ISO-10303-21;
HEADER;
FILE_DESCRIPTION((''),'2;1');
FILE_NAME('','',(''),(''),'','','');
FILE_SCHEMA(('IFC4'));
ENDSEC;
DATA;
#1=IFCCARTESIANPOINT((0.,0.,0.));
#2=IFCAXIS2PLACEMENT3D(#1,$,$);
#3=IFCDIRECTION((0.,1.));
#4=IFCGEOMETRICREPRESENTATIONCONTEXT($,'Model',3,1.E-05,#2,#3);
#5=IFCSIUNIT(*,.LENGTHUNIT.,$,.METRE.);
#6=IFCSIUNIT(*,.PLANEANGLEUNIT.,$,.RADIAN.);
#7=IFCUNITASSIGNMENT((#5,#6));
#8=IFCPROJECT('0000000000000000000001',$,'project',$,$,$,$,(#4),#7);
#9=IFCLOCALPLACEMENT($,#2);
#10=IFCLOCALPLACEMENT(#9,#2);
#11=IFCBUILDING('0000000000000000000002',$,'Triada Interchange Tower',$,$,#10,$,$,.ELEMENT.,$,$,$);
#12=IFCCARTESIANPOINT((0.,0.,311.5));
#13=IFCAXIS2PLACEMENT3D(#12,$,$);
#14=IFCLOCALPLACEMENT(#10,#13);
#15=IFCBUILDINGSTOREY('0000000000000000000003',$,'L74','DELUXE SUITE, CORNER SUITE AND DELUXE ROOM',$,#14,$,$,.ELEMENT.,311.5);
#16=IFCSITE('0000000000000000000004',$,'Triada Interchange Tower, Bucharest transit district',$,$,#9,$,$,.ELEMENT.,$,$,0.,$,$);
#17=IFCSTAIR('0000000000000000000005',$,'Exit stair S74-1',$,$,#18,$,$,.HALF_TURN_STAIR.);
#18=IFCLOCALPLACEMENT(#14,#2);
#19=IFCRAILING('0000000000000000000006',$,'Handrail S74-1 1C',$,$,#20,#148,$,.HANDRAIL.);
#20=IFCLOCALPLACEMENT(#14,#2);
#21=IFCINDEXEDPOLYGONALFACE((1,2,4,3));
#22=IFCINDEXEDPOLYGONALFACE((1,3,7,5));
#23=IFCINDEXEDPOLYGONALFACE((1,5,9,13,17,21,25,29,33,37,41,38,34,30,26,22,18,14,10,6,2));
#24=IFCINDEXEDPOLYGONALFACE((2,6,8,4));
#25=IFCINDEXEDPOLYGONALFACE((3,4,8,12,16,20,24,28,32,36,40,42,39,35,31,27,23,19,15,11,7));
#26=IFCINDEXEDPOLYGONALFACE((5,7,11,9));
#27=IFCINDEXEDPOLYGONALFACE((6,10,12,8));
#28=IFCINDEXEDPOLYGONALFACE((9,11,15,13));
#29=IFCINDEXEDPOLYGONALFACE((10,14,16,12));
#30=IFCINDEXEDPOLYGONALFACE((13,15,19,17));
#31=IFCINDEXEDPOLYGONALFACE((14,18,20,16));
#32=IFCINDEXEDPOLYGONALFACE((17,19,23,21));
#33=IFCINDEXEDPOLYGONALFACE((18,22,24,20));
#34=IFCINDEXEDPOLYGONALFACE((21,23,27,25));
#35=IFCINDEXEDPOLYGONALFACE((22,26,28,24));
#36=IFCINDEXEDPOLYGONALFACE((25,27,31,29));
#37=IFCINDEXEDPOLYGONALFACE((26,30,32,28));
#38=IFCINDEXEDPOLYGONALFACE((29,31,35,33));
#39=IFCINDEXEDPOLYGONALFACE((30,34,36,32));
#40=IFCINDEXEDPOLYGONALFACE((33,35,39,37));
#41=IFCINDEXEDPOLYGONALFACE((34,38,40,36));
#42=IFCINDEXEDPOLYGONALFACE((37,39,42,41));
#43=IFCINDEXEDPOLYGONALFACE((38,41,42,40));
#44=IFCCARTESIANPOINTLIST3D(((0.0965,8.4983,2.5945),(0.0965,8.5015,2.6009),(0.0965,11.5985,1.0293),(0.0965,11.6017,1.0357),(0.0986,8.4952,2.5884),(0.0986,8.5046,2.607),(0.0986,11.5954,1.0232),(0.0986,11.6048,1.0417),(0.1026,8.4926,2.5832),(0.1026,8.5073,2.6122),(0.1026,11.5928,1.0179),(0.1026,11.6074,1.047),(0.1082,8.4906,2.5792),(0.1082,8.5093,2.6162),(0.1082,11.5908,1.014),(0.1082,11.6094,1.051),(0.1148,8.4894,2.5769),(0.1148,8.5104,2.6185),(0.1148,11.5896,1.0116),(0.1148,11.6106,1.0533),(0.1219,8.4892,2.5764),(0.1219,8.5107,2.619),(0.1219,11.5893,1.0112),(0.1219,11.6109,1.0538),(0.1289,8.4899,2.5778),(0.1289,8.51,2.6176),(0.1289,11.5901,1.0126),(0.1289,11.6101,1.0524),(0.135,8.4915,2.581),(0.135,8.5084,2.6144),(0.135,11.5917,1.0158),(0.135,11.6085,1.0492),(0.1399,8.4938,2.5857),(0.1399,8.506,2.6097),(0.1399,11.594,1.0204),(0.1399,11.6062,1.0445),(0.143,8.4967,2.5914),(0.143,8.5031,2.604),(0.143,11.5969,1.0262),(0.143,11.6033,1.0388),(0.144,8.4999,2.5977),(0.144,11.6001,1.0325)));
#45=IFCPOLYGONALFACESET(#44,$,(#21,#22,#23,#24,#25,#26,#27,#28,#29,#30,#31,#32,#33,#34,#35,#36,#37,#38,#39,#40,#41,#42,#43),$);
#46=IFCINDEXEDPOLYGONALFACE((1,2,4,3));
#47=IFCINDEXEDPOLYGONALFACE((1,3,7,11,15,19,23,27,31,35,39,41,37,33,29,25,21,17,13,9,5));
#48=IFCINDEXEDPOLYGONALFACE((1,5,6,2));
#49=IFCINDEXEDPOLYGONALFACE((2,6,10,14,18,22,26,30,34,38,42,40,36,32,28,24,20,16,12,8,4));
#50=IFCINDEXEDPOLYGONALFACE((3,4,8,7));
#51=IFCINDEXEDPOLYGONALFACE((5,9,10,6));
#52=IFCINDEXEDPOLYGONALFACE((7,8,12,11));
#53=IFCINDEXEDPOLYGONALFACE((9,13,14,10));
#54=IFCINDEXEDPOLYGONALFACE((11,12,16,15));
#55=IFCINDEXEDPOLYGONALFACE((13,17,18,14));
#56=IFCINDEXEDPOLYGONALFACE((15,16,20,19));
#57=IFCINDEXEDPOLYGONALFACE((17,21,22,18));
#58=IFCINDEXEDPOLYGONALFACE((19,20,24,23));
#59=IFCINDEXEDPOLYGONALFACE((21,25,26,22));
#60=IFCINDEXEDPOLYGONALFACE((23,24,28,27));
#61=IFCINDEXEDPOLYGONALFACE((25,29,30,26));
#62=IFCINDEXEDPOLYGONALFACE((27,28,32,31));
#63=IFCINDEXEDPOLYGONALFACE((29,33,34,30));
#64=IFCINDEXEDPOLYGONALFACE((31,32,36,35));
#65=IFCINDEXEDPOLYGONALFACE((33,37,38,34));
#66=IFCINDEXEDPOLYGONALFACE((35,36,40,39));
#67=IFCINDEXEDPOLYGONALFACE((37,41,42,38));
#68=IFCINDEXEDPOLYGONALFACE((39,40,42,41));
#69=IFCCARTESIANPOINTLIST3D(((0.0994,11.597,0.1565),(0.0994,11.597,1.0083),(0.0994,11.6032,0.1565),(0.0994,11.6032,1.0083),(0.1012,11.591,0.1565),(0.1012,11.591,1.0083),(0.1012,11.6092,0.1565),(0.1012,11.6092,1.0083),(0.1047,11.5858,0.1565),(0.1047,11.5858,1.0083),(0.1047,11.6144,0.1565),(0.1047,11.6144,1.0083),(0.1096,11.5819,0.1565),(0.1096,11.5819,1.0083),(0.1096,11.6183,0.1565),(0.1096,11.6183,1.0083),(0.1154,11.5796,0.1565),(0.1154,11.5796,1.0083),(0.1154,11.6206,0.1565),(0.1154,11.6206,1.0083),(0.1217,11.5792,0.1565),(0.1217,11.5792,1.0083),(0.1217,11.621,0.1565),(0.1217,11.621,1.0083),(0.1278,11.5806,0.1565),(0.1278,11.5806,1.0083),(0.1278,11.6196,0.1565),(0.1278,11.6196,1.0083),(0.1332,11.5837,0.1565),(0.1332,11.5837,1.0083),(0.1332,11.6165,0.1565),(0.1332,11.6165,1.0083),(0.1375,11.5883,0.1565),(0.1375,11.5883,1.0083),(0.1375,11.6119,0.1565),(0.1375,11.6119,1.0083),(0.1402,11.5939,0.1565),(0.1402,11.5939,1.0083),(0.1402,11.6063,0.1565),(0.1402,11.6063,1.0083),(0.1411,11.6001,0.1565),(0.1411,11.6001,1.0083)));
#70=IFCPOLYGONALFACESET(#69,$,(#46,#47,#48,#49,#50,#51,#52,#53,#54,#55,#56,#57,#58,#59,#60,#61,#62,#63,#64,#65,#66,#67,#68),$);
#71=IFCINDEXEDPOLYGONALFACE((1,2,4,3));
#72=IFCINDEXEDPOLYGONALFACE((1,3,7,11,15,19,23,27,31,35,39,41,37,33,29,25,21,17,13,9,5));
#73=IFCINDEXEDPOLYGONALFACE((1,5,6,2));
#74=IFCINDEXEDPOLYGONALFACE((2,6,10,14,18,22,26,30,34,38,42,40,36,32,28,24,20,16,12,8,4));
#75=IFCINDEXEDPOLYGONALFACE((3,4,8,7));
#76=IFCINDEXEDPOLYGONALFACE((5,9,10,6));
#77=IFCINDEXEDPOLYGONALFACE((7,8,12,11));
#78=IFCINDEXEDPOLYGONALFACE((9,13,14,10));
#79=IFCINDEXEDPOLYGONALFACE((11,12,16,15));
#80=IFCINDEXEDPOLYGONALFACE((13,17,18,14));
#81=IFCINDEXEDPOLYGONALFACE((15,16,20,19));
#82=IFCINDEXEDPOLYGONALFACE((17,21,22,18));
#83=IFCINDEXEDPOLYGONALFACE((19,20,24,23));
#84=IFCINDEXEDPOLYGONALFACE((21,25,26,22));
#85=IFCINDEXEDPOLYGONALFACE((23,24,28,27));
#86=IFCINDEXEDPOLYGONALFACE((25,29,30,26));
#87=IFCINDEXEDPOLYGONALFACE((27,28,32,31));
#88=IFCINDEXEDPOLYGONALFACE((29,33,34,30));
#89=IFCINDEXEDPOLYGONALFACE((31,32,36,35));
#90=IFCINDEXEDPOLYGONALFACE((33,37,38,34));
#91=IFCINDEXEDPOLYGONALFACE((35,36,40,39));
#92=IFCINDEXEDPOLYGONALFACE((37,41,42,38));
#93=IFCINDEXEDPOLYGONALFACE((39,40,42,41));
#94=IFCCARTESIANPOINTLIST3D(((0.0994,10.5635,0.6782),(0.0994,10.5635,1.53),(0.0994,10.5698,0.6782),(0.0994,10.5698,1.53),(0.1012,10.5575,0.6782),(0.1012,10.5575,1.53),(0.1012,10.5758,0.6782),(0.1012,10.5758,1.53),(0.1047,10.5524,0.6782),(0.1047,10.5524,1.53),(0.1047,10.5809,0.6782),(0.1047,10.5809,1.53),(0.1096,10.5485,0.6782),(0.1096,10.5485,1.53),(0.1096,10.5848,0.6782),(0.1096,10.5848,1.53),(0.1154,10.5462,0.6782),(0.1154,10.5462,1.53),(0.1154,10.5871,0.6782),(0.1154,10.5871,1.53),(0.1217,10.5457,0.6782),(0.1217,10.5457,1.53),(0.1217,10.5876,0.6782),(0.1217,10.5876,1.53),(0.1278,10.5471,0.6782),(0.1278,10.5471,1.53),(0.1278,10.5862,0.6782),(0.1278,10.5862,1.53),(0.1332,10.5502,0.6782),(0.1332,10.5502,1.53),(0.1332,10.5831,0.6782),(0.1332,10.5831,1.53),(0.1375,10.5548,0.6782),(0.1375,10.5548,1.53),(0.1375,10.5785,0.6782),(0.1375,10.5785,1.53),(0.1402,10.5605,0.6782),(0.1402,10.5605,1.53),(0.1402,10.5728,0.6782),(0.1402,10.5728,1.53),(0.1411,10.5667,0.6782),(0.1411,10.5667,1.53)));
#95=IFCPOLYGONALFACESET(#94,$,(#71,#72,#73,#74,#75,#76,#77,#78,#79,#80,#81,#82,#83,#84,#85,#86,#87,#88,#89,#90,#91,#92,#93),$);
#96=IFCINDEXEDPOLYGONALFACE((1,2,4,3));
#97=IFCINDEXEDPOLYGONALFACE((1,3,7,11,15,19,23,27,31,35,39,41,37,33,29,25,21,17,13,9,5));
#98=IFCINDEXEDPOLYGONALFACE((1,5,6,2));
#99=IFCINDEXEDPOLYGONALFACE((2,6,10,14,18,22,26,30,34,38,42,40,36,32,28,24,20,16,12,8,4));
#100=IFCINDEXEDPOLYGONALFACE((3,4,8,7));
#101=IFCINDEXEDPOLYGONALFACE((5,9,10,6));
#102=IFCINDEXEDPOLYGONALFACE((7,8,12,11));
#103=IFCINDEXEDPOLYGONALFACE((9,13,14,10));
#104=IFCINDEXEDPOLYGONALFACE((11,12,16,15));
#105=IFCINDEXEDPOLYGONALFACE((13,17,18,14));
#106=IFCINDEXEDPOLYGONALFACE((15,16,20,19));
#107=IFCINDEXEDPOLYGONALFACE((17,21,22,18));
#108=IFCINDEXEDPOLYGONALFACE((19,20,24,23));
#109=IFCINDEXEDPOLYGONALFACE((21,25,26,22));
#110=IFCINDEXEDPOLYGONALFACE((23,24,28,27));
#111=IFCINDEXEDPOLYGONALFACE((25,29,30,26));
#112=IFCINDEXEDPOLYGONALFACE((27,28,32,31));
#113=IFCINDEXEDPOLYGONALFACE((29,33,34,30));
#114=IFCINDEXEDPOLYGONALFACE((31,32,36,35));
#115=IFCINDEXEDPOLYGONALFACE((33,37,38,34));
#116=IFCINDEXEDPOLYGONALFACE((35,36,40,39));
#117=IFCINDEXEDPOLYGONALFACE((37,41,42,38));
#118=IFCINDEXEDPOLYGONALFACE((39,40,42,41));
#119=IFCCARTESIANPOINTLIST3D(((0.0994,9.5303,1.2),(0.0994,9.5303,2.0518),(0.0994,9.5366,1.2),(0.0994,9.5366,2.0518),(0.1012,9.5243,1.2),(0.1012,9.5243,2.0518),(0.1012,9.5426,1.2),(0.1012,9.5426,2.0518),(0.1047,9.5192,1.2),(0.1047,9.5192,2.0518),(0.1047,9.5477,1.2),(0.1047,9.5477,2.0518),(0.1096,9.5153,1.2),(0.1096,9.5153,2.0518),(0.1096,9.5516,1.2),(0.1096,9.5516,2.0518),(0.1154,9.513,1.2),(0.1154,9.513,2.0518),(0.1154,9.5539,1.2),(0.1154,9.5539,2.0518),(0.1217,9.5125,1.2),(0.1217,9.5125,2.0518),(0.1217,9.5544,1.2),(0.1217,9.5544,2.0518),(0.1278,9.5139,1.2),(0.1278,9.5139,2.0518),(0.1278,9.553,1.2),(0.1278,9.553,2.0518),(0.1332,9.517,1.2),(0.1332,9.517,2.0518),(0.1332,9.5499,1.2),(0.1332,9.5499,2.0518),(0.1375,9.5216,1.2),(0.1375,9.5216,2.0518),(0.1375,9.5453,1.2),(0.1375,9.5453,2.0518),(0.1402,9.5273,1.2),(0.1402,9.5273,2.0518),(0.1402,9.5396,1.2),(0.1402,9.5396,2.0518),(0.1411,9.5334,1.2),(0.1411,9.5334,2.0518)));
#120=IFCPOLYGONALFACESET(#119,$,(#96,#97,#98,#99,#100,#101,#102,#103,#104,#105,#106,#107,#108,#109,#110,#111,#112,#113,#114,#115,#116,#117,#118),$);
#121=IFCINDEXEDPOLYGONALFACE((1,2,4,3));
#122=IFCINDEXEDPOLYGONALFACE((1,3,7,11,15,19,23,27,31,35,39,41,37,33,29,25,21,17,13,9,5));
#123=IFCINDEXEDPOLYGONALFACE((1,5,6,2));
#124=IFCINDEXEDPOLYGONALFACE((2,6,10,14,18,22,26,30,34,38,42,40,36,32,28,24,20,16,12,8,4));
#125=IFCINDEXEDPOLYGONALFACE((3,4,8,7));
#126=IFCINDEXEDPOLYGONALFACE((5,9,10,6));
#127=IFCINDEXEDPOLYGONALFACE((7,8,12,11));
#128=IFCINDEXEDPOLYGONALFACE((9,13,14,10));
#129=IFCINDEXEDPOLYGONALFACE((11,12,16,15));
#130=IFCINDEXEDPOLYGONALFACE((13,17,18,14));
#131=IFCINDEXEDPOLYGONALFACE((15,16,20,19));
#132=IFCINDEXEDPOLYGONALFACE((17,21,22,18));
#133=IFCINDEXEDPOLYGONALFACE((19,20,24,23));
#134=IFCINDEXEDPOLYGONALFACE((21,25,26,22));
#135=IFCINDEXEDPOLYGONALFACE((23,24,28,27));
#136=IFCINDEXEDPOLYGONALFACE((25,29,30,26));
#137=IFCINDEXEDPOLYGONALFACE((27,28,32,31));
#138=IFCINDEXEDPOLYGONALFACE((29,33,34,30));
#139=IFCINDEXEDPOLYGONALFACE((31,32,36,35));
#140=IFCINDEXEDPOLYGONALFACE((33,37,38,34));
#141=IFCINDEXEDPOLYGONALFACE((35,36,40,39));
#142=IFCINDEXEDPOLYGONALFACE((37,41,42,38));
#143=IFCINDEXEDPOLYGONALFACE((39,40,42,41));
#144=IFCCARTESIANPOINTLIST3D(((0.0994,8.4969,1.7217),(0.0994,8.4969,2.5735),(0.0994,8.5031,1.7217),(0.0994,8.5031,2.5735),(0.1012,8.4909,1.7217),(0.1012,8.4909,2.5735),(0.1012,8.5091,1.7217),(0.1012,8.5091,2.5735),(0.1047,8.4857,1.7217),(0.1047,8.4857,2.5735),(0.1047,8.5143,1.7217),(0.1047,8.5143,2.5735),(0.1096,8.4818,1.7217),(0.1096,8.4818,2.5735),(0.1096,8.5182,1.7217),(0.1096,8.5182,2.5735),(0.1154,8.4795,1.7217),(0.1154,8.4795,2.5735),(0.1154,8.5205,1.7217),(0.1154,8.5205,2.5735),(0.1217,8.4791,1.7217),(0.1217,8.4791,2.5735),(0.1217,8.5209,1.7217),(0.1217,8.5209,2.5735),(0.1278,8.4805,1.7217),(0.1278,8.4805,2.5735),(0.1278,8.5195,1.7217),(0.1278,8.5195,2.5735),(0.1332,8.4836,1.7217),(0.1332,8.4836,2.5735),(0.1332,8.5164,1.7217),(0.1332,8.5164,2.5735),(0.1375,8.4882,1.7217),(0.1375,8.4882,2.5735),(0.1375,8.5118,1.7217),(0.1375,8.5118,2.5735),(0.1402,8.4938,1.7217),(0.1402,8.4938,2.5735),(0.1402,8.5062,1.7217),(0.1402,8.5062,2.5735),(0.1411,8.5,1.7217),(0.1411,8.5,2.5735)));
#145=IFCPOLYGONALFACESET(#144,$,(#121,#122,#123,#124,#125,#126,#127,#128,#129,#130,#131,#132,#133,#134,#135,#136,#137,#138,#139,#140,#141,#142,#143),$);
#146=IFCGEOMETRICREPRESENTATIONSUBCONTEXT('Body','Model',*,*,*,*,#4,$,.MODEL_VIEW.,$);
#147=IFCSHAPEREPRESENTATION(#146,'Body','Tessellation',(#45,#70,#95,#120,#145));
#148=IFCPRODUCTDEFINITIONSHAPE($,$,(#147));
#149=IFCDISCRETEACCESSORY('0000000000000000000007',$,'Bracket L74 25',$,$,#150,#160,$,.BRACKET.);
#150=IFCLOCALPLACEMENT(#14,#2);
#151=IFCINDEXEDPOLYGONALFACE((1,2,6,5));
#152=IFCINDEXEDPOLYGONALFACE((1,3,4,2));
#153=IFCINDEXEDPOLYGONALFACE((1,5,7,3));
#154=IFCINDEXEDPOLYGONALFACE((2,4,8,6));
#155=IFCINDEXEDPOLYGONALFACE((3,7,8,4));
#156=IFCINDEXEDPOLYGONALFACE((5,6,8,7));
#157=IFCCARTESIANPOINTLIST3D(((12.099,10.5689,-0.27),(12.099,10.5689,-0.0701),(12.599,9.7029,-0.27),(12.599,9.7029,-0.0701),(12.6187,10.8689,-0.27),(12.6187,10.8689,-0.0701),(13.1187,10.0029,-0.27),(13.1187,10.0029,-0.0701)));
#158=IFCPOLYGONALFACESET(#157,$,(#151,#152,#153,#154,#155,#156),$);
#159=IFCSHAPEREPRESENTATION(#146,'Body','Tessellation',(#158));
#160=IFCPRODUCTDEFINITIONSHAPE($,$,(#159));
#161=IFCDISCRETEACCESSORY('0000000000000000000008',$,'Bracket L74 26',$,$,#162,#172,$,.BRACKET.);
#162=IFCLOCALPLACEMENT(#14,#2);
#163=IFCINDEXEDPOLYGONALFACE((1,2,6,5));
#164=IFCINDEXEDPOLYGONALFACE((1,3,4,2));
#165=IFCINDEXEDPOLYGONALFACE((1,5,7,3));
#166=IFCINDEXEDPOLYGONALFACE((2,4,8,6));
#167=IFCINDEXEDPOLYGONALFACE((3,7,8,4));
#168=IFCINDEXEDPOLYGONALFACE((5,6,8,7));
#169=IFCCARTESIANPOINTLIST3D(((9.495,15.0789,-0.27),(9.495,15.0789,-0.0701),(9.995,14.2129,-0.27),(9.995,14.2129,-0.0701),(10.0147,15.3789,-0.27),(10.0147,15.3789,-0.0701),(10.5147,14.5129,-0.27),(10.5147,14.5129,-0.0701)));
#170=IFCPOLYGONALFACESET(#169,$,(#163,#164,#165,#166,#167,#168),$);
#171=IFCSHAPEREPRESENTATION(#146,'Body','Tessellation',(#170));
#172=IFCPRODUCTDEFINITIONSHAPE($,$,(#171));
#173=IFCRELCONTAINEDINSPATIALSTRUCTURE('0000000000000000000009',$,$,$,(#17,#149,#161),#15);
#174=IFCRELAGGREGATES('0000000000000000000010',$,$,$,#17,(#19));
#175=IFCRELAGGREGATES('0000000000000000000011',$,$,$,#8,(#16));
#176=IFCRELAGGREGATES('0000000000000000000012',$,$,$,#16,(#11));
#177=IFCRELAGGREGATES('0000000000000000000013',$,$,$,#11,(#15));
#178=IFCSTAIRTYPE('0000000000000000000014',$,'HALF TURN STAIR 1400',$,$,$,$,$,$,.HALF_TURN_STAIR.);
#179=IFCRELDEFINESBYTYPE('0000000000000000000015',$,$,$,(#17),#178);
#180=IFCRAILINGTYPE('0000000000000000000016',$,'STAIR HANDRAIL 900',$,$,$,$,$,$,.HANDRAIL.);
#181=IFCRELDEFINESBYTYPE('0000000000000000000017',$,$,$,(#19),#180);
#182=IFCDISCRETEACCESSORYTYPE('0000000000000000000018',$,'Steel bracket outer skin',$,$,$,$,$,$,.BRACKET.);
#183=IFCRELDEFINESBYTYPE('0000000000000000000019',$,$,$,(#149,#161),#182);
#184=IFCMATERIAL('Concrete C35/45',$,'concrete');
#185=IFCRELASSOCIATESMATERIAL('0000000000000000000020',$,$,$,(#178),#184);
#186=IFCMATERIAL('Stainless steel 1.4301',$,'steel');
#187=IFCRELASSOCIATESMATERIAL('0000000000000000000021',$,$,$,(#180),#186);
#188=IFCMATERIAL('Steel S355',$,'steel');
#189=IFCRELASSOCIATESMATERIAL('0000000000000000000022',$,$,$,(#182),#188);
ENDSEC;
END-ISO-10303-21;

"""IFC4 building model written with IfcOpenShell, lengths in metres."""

from ifc_helpers import new_model, si_unit, direction, frame, origin, origin_2d, place, context, subcontext, project, spatial, rectangle, circle, extrude, material, type_object, element, aggregate, save


model = new_model("IFC4")

# Units and contexts
model_context = context("Model", 3, precision=1e-05, world=origin(), true_north=direction((0.0, 1.0)))
body_context = subcontext(model_context, "Body", "Model", "MODEL_VIEW")
ifc_project = project(units=[si_unit("LENGTHUNIT", "METRE"), si_unit("PLANEANGLEUNIT", "RADIAN")], contexts=[model_context])

# Site, building, storey
site_placement = place(None, origin())
site = spatial("IfcSite", under=ifc_project, at=site_placement, Name="Triada Interchange Tower, Bucharest transit district", CompositionType="ELEMENT", RefElevation=0.0)
building_placement = place(site_placement, origin())
building = spatial("IfcBuilding", under=site, at=building_placement, Name="Triada Interchange Tower", CompositionType="ELEMENT")
storey_placement = place(building_placement, frame((0.0, 0.0, 311.5)))
storey = spatial("IfcBuildingStorey", under=building, at=storey_placement, Name="L74", Description="DELUXE SUITE, CORNER SUITE AND DELUXE ROOM", CompositionType="ELEMENT", Elevation=311.5)

# Stair
ifc_material_1 = material(Name="Concrete C35/45", Category="concrete")
stair_type = type_object("IfcStairType", Name="HALF TURN STAIR 1400", PredefinedType="HALF_TURN_STAIR", material=ifc_material_1)
stair_placement = place(storey_placement, origin())
stair = element("IfcStair", 1, at=stair_placement, inside=storey, type_object=stair_type, Name="Exit stair S74-1", PredefinedType="HALF_TURN_STAIR")

# Railing
ifc_material_2 = material(Name="Stainless steel 1.4301", Category="steel")
railing_type = type_object("IfcRailingType", Name="STAIR HANDRAIL 900", PredefinedType="HANDRAIL", material=ifc_material_2)
railing_1_placement = place(storey_placement, frame((0.1201, 11.6001, 0.1565)))
railing_1 = element("IfcRailing", 2, at=railing_1_placement, type_object=railing_type, Name="Handrail S74-1 1C", PredefinedType="HANDRAIL", context=body_context, shape_type="SweptSolid", body=[
    extrude(circle(Radius=0.0239, at=origin_2d()), frame((0.0, 0.0, 0.876), z_axis=(0.0, -0.892677, 0.450697), x_axis=(1.0, 0.0, 0.0)), (0.0, 0.0, 1.0), 3.4729),
    extrude(circle(Radius=0.021, at=origin_2d()), origin(), (0.0, 0.0, 1.0), 0.8518),
    extrude(circle(Radius=0.021, at=origin_2d()), frame((0.0, -1.0334, 0.5217)), (0.0, 0.0, 1.0), 0.8518),
    extrude(circle(Radius=0.021, at=origin_2d()), frame((0.0, -2.0667, 1.0435)), (0.0, 0.0, 1.0), 0.8518),
    extrude(circle(Radius=0.021, at=origin_2d()), frame((0.0, -3.1001, 1.5652)), (0.0, 0.0, 1.0), 0.8518),
])
aggregate(stair, [railing_1])

# Discrete accessories
ifc_material_3 = material(Name="Steel S355", Category="steel")
discrete_accessory_type = type_object("IfcDiscreteAccessoryType", Name="Steel bracket outer skin", PredefinedType="BRACKET", material=ifc_material_3)
for number, where, z_axis, x_axis, name in (
    (3, (12.6089, 10.2859, -0.27), (0.0, 0.0, 1.0), (0.866025, 0.500001, 0.0), "Bracket L74 25"),
    (4, (10.0049, 14.7959, -0.27), (0.0, 0.0, 1.0), (0.866025, 0.500001, 0.0), "Bracket L74 26"),
):
    element("IfcDiscreteAccessory", number, at=place(storey_placement, frame(where, z_axis=z_axis, x_axis=x_axis)), inside=storey, type_object=discrete_accessory_type, Name=name, PredefinedType="BRACKET", context=body_context, shape_type="SweptSolid", body=[
        extrude(rectangle(XDim=0.6001, YDim=1.0, at=origin_2d()), origin(), (0.0, 0.0, 1.0), 0.2),
    ])

save(model, "model.ifc")
